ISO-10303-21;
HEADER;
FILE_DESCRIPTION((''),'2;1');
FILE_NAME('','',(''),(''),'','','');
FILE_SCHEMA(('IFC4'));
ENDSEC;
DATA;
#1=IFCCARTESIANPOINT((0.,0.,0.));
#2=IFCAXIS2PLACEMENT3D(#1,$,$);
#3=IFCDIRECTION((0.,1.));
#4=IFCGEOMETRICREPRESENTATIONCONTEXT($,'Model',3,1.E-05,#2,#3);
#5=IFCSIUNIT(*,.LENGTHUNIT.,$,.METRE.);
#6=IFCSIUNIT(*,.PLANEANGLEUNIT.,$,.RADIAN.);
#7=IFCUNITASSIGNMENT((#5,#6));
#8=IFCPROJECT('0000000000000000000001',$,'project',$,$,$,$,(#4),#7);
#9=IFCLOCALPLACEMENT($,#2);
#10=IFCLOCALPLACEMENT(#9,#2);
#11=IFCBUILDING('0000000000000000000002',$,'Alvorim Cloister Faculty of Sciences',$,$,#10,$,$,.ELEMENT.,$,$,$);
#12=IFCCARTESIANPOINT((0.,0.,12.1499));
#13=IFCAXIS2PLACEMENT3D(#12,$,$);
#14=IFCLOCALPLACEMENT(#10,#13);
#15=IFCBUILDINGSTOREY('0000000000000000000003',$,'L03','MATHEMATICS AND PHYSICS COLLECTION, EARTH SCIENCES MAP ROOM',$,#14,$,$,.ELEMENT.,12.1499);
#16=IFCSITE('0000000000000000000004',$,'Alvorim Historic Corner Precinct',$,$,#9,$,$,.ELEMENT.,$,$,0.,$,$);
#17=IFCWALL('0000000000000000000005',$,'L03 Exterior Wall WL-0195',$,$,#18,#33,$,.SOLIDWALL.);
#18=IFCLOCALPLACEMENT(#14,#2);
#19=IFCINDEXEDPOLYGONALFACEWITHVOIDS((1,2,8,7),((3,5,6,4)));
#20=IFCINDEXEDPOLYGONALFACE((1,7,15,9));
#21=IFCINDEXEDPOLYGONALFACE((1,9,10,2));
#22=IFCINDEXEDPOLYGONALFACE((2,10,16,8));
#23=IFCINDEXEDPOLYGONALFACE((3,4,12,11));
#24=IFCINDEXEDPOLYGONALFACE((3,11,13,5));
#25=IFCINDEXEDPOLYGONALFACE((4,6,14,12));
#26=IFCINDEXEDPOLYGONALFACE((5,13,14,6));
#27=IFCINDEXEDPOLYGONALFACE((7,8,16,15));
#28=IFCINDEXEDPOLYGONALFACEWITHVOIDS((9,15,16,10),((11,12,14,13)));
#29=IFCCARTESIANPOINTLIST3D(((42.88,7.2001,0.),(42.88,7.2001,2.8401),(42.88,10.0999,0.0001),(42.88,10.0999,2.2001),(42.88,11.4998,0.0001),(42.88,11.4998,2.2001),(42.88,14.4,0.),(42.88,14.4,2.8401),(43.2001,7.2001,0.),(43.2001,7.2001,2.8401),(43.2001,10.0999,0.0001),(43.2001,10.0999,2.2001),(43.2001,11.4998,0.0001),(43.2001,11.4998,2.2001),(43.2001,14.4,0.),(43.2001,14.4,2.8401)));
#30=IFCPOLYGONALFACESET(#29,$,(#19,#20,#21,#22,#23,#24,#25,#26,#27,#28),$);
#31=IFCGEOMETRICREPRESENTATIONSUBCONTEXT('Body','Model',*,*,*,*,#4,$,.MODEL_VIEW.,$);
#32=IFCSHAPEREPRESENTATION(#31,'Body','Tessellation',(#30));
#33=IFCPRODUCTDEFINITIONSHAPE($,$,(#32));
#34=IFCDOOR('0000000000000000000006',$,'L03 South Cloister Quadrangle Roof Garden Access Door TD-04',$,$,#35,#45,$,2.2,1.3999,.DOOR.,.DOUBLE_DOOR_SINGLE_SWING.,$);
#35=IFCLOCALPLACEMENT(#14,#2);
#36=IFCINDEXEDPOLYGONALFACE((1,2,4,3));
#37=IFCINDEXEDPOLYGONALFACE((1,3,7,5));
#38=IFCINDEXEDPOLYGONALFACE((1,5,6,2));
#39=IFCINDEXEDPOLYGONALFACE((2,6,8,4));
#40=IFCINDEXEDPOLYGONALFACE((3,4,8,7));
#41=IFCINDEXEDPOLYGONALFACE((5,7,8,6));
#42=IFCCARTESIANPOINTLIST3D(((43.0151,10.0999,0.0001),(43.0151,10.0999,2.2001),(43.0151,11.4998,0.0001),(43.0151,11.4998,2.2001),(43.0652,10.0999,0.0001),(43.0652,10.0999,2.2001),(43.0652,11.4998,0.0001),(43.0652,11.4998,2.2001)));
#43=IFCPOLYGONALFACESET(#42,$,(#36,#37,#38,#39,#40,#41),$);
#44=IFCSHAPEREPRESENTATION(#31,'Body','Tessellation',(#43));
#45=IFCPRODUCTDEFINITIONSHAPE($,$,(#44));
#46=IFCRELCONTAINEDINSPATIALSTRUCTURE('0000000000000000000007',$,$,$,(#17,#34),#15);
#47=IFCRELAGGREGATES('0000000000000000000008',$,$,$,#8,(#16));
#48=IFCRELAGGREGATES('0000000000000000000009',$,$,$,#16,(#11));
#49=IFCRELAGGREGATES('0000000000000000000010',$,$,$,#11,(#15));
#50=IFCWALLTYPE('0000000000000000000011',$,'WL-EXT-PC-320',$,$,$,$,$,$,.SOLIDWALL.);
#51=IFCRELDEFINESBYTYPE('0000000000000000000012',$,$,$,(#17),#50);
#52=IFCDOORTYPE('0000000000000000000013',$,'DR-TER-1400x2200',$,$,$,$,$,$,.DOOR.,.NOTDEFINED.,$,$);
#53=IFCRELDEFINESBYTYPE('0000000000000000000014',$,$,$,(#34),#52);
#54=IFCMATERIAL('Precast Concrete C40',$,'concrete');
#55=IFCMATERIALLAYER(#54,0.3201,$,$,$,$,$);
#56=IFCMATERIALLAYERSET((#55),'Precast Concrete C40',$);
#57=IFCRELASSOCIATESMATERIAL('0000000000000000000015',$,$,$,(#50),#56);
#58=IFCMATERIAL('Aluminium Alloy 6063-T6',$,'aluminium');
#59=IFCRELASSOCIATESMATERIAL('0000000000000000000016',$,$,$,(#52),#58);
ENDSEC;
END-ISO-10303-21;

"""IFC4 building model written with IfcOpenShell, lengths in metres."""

from ifc_helpers import new_model, si_unit, direction, frame, frame_2d, origin, place, context, subcontext, project, spatial, rectangle, extrude, material, layer, layer_set, type_object, element, fill, save


model = new_model("IFC4")

# Units and contexts
model_context = context("Model", 3, precision=1e-05, world=origin(), true_north=direction((0.0, 1.0)))
body_context = subcontext(model_context, "Body", "Model", "MODEL_VIEW")
ifc_project = project(units=[si_unit("LENGTHUNIT", "METRE"), si_unit("PLANEANGLEUNIT", "RADIAN")], contexts=[model_context])

# Site, building, storey
site_placement = place(None, origin())
site = spatial("IfcSite", under=ifc_project, at=site_placement, Name="Alvorim Historic Corner Precinct", CompositionType="ELEMENT", RefElevation=0.0)
building_placement = place(site_placement, origin())
building = spatial("IfcBuilding", under=site, at=building_placement, Name="Alvorim Cloister Faculty of Sciences", CompositionType="ELEMENT")
storey_placement = place(building_placement, frame((0.0, 0.0, 12.1499)))
storey = spatial("IfcBuildingStorey", under=building, at=storey_placement, Name="L03", Description="MATHEMATICS AND PHYSICS COLLECTION, EARTH SCIENCES MAP ROOM", CompositionType="ELEMENT", Elevation=12.1499)

# Shared definitions
ifc_material_1 = material(Name="Aluminium Alloy 6063-T6", Category="aluminium")

# Wall, opening, door
ifc_material_2 = material(Name="Precast Concrete C40", Category="concrete")
ifc_layer_1 = layer(ifc_material_2, 0.3201)
ifc_layer_set_1 = layer_set([ifc_layer_1], Name="Precast Concrete C40")
wall_type = type_object("IfcWallType", Name="WL-EXT-PC-320", PredefinedType="SOLIDWALL", material=ifc_layer_set_1)
wall_placement = place(storey_placement, frame((43.04, 7.2, 0.0), z_axis=(0.0, 0.0, 1.0), x_axis=(0.0, 1.0, 0.0)))
wall = element("IfcWall", 1, at=wall_placement, inside=storey, type_object=wall_type, Name="L03 Exterior Wall WL-0195", PredefinedType="SOLIDWALL", context=body_context, shape_type="SweptSolid", body=[
    extrude(rectangle(XDim=7.2, YDim=0.3201, at=frame_2d((3.6001, 0.0))), origin(), (0.0, 0.0, 1.0), 2.8401),
])
opening_placement = place(wall_placement, frame((2.8999, 0.0, 0.0)))
opening = element("IfcOpeningElement", 2, at=opening_placement, cuts=wall, PredefinedType="OPENING", context=body_context, shape_type="SweptSolid", body=[
    extrude(rectangle(XDim=1.3999, YDim=2.2, at=frame_2d((0.7, 1.1001))), frame((0.0, 0.1719, 0.0), z_axis=(0.0, -1.0, 0.0), x_axis=(1.0, 0.0, 0.0)), (0.0, 0.0, 1.0), 0.344),
])
door_type = type_object("IfcDoorType", Name="DR-TER-1400x2200", OperationType="NOTDEFINED", PredefinedType="DOOR", material=ifc_material_1)
door_placement = place(opening_placement, origin())
door = element("IfcDoor", 3, at=door_placement, inside=storey, type_object=door_type, Name="L03 South Cloister Quadrangle Roof Garden Access Door TD-04", OperationType="DOUBLE_DOOR_SINGLE_SWING", OverallHeight=2.2, OverallWidth=1.3999, PredefinedType="DOOR", context=body_context, shape_type="SweptSolid", body=[
    extrude(rectangle(XDim=1.3999, YDim=2.2, at=frame_2d((0.7, 1.1001))), frame((0.0, 0.0249, 0.0), z_axis=(0.0, -1.0, 0.0), x_axis=(1.0, 0.0, 0.0)), (0.0, 0.0, 1.0), 0.05),
])
fill(opening, door)

save(model, "model.ifc")
